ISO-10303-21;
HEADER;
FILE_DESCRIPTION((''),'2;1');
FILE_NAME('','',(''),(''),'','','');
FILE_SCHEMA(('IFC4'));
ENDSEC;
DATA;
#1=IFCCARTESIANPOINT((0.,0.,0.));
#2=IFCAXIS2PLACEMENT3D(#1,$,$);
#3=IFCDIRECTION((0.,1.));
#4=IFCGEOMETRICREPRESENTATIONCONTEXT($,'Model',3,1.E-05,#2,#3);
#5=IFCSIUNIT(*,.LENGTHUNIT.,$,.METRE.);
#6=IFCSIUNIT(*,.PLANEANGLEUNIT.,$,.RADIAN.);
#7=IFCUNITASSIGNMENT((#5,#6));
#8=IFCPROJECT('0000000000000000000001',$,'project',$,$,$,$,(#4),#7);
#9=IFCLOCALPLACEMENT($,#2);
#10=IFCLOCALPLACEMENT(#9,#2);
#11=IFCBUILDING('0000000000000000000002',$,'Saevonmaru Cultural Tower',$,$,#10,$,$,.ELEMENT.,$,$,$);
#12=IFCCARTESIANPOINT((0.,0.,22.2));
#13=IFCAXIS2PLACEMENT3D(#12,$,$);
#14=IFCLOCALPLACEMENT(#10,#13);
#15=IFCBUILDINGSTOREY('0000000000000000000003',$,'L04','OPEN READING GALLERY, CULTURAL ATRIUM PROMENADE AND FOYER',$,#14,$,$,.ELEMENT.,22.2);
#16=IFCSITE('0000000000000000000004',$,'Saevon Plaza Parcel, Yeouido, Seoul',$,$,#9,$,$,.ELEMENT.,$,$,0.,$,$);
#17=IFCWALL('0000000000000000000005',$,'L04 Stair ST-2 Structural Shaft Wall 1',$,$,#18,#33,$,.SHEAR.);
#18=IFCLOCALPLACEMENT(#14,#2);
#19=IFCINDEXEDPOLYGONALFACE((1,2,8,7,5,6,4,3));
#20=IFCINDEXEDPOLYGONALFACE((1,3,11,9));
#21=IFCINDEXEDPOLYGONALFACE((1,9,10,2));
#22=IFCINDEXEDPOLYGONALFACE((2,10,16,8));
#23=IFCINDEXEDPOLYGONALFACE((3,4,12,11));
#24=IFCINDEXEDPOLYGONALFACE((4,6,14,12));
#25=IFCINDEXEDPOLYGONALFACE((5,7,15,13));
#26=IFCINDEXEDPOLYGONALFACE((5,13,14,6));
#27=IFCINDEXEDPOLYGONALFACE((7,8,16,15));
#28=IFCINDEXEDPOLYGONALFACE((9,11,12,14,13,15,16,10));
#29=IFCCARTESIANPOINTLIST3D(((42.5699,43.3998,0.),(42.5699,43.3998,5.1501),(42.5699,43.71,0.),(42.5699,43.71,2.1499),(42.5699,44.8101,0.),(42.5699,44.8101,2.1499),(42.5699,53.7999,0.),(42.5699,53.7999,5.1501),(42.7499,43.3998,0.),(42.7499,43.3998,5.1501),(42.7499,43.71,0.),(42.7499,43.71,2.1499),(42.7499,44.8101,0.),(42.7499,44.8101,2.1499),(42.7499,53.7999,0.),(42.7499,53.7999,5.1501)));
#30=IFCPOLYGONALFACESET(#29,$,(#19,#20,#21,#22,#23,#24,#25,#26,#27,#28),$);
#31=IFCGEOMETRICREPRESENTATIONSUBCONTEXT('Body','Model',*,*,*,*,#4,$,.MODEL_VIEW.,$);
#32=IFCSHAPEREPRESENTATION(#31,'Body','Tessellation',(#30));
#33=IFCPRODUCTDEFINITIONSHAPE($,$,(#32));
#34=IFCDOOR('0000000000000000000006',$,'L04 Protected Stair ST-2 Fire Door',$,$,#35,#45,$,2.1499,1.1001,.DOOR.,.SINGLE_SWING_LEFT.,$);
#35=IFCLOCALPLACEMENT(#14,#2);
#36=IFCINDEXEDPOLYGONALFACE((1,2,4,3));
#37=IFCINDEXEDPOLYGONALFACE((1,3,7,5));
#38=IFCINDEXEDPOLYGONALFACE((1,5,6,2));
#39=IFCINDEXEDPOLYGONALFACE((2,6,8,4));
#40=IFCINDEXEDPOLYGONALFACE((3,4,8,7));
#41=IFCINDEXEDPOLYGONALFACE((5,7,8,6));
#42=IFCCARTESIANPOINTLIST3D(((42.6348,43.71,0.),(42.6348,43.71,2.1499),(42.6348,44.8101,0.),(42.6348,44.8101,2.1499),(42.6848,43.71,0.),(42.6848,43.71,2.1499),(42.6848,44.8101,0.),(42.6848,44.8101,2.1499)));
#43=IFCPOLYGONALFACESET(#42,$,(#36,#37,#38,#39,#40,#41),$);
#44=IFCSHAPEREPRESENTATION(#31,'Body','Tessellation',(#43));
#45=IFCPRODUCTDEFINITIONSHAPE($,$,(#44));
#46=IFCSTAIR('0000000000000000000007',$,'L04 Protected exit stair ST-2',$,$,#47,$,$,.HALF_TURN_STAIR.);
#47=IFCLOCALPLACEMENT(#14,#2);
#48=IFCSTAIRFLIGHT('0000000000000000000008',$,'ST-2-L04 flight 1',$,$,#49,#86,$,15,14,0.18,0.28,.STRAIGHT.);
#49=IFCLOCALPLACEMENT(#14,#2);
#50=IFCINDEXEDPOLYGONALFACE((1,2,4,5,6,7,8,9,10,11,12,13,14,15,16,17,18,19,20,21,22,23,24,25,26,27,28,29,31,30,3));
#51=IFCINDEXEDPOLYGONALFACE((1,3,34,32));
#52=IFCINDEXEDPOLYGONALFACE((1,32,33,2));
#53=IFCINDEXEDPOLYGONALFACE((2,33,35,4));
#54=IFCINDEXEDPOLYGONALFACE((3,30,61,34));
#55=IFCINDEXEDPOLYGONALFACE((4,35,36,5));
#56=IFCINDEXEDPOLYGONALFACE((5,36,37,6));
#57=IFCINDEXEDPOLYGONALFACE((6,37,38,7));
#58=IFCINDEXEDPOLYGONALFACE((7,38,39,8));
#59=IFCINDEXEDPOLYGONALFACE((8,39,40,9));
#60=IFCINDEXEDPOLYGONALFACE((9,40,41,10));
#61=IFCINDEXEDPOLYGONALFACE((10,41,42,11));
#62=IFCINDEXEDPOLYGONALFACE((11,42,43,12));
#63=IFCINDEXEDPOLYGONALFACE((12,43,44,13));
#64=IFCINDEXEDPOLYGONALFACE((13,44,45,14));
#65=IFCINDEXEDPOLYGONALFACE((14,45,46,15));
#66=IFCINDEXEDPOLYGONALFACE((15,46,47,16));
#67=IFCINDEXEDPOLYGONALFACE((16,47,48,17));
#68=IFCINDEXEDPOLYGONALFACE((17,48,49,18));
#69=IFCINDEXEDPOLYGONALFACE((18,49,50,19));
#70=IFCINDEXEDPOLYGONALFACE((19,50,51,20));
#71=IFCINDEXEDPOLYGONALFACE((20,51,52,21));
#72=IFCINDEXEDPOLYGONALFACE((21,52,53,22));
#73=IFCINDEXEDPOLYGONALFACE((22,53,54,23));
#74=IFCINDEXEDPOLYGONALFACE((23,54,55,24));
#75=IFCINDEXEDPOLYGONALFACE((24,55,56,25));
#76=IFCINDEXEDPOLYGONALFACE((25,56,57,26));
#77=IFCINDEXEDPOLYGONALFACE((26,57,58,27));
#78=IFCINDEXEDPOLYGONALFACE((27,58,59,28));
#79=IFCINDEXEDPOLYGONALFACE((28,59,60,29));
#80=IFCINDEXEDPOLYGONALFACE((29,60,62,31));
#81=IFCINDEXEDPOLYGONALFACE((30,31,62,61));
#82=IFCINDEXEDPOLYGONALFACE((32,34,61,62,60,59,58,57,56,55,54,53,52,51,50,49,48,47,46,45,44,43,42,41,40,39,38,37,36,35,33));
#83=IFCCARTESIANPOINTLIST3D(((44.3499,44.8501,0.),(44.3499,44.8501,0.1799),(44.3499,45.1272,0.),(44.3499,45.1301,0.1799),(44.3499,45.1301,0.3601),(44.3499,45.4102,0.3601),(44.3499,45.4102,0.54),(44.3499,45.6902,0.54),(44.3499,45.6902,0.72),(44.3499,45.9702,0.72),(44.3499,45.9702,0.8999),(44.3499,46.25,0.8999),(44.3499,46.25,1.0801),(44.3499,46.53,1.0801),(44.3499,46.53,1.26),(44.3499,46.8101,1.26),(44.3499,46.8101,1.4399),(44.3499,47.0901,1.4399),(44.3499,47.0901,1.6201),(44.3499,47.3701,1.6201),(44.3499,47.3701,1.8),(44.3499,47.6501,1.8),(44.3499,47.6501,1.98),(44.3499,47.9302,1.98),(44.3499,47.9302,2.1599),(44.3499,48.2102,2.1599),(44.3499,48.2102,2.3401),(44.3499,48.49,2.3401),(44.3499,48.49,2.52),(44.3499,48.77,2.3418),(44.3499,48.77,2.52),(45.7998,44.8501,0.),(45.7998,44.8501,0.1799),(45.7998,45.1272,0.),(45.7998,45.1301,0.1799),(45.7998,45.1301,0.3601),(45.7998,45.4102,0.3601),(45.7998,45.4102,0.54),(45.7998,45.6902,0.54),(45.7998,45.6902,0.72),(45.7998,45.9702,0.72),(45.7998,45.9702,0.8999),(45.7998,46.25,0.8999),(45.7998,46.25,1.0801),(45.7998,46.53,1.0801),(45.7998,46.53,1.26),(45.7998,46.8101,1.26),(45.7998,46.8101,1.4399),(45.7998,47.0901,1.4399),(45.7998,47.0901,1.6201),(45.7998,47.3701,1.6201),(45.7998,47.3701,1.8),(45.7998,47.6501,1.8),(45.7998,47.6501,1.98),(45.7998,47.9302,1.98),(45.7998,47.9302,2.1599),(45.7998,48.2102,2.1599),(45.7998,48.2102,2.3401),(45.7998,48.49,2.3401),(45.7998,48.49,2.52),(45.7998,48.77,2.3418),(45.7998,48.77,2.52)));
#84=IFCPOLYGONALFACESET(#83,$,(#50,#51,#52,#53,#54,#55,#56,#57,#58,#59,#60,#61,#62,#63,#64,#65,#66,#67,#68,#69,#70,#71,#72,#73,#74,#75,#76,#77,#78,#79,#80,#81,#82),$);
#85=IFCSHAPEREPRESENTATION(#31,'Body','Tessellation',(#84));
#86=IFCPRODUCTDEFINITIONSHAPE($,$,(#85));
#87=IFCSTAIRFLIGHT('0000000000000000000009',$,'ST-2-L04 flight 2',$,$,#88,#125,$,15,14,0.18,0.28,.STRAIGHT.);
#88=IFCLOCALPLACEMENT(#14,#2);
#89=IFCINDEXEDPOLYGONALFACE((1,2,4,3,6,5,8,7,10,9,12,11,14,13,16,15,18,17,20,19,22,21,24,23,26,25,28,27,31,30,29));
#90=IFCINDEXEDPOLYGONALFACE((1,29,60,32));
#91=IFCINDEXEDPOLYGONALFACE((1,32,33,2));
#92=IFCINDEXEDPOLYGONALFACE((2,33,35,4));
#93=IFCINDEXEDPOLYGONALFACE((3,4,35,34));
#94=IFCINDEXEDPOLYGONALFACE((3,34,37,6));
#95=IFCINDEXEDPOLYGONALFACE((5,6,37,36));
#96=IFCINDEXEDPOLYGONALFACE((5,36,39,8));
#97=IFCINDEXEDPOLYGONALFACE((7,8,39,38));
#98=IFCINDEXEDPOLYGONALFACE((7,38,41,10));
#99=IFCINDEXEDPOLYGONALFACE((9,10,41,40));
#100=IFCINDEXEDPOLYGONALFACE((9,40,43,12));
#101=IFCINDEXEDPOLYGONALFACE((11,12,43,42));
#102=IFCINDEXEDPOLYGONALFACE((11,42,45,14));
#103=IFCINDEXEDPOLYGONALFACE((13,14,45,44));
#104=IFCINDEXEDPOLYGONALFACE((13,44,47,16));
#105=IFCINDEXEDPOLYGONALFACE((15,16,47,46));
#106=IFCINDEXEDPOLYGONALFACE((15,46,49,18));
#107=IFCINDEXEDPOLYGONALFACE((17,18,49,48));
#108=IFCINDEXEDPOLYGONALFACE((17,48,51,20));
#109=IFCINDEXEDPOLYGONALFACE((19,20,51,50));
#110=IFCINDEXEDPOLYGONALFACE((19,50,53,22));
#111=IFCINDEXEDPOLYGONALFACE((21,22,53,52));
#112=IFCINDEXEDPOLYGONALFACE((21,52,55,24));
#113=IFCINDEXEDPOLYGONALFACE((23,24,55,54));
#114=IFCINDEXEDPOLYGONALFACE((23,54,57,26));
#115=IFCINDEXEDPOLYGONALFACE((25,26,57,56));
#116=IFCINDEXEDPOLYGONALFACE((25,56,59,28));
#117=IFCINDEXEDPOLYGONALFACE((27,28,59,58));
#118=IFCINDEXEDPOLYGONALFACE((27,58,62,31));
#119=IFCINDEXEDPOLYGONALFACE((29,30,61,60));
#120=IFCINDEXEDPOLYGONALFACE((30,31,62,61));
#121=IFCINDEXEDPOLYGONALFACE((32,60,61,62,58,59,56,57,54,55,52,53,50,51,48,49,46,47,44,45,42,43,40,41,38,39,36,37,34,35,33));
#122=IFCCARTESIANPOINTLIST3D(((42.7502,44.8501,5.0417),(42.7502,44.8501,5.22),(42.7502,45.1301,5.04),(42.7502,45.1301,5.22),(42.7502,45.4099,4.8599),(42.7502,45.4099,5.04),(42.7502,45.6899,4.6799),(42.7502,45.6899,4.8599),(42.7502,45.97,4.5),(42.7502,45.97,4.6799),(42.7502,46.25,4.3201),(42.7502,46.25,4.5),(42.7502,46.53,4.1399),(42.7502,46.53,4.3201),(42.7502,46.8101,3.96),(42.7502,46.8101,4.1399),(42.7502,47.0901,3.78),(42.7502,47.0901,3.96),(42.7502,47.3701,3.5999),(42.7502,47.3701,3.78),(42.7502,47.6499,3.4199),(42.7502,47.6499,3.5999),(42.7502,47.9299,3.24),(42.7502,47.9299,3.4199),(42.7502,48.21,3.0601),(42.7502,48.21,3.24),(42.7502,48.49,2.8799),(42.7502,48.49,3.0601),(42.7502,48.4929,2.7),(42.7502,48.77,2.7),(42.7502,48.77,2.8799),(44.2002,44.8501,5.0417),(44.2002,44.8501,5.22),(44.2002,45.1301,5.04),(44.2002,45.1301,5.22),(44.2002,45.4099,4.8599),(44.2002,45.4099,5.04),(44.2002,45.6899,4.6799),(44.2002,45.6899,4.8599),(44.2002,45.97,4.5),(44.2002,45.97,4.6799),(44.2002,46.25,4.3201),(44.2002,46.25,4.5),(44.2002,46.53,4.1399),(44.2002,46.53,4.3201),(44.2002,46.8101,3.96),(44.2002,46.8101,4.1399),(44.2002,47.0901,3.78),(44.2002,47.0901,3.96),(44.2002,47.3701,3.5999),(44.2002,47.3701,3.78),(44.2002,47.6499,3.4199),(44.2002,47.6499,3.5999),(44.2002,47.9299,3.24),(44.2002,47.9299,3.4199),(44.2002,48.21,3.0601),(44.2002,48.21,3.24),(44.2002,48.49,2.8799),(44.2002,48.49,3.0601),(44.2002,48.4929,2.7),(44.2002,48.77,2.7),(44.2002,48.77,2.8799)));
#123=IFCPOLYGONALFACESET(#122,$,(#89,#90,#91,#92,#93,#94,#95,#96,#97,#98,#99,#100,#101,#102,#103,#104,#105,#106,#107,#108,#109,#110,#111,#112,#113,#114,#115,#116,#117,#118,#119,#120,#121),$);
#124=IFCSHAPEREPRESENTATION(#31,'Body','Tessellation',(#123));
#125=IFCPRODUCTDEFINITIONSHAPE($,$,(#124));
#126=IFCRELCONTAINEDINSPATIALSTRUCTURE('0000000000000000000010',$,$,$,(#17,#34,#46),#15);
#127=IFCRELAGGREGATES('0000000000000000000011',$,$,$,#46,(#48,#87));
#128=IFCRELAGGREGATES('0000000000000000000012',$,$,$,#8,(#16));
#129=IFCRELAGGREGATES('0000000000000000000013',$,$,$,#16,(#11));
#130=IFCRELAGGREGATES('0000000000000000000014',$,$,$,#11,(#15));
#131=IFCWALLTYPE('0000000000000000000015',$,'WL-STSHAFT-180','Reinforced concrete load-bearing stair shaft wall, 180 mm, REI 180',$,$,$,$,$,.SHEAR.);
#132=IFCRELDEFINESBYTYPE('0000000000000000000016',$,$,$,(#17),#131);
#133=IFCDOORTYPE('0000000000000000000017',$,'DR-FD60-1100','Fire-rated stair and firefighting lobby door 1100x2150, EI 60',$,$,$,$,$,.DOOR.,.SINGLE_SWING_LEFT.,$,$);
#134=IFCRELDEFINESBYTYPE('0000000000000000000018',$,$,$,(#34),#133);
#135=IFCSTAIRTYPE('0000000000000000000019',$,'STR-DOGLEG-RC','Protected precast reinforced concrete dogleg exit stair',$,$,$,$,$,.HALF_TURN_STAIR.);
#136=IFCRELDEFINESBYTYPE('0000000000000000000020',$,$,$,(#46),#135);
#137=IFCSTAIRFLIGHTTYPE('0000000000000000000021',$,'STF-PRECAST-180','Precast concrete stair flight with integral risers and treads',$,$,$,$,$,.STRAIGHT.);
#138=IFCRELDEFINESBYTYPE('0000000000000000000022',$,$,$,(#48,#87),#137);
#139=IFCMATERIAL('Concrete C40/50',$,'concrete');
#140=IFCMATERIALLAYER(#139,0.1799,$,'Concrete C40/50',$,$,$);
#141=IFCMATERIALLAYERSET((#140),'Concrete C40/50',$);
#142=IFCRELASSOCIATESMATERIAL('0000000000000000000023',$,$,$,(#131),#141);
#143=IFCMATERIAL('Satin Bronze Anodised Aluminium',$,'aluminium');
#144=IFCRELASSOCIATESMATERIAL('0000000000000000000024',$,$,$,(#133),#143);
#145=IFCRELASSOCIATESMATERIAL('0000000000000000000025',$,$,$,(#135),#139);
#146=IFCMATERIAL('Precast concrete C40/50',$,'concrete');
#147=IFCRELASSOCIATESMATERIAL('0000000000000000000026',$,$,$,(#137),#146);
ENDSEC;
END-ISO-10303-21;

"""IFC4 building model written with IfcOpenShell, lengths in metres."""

from ifc_helpers import new_model, si_unit, direction, frame, frame_2d, origin, place, context, subcontext, project, spatial, polyline, rectangle, outline, extrude, material, layer, layer_set, type_object, element, fill, aggregate, save


model = new_model("IFC4")

# Units and contexts
model_context = context("Model", 3, precision=1e-05, world=origin(), true_north=direction((0.0, 1.0)))
body_context = subcontext(model_context, "Body", "Model", "MODEL_VIEW")
ifc_project = project(units=[si_unit("LENGTHUNIT", "METRE"), si_unit("PLANEANGLEUNIT", "RADIAN")], contexts=[model_context])

# Site, building, storey
site_placement = place(None, origin())
site = spatial("IfcSite", under=ifc_project, at=site_placement, Name="Saevon Plaza Parcel, Yeouido, Seoul", CompositionType="ELEMENT", RefElevation=0.0)
building_placement = place(site_placement, origin())
building = spatial("IfcBuilding", under=site, at=building_placement, Name="Saevonmaru Cultural Tower", CompositionType="ELEMENT")
storey_placement = place(building_placement, frame((0.0, 0.0, 22.2)))
storey = spatial("IfcBuildingStorey", under=building, at=storey_placement, Name="L04", Description="OPEN READING GALLERY, CULTURAL ATRIUM PROMENADE AND FOYER", CompositionType="ELEMENT", Elevation=22.2)

# Shared definitions
ifc_material_1 = material(Name="Concrete C40/50", Category="concrete")

# Wall, opening, door
ifc_layer_1 = layer(ifc_material_1, 0.1799, Name="Concrete C40/50")
ifc_layer_set_1 = layer_set([ifc_layer_1], Name="Concrete C40/50")
wall_type_1 = type_object("IfcWallType", Name="WL-STSHAFT-180", Description="Reinforced concrete load-bearing stair shaft wall, 180 mm, REI 180", PredefinedType="SHEAR", material=ifc_layer_set_1)
wall_1_placement = place(storey_placement, frame((42.6599, 53.8, 0.0), z_axis=(0.0, 0.0, 1.0), x_axis=(0.0, -1.0, 0.0)))
wall_1 = element("IfcWall", 1, at=wall_1_placement, inside=storey, type_object=wall_type_1, Name="L04 Stair ST-2 Structural Shaft Wall 1", PredefinedType="SHEAR", context=body_context, shape_type="SweptSolid", body=[
    extrude(rectangle(XDim=10.4001, YDim=0.1799, at=frame_2d((5.2002, 0.0))), origin(), (0.0, 0.0, 1.0), 5.1501),
])
opening_1_placement = place(wall_1_placement, frame((8.99, 0.0, 0.0)))
opening_1 = element("IfcOpeningElement", 2, at=opening_1_placement, cuts=wall_1, PredefinedType="OPENING", context=body_context, shape_type="SweptSolid", body=[
    extrude(rectangle(XDim=1.1001, YDim=2.1499, at=frame_2d((0.55, 1.075))), frame((0.0, 0.1001, 0.0), z_axis=(0.0, -1.0, 0.0), x_axis=(1.0, 0.0, 0.0)), (0.0, 0.0, 1.0), 0.2),
])
ifc_material_2 = material(Name="Satin Bronze Anodised Aluminium", Category="aluminium")
door_type_1 = type_object("IfcDoorType", Name="DR-FD60-1100", Description="Fire-rated stair and firefighting lobby door 1100x2150, EI 60", OperationType="SINGLE_SWING_LEFT", PredefinedType="DOOR", material=ifc_material_2)
door_1_placement = place(opening_1_placement, origin())
door_1 = element("IfcDoor", 3, at=door_1_placement, inside=storey, type_object=door_type_1, Name="L04 Protected Stair ST-2 Fire Door", OperationType="SINGLE_SWING_LEFT", OverallHeight=2.1499, OverallWidth=1.1001, PredefinedType="DOOR", context=body_context, shape_type="SweptSolid", body=[
    extrude(rectangle(XDim=1.1001, YDim=2.1499, at=frame_2d((0.55, 1.075))), frame((0.0, 0.0249, 0.0), z_axis=(0.0, -1.0, 0.0), x_axis=(1.0, 0.0, 0.0)), (0.0, 0.0, 1.0), 0.05),
])
fill(opening_1, door_1)

# Stair, stair flights
stair_type = type_object("IfcStairType", Name="STR-DOGLEG-RC", Description="Protected precast reinforced concrete dogleg exit stair", PredefinedType="HALF_TURN_STAIR", material=ifc_material_1)
stair_placement = place(storey_placement, origin())
stair = element("IfcStair", 4, at=stair_placement, inside=storey, type_object=stair_type, Name="L04 Protected exit stair ST-2", PredefinedType="HALF_TURN_STAIR")
ifc_material_3 = material(Name="Precast concrete C40/50", Category="concrete")
stair_flight_type = type_object("IfcStairFlightType", Name="STF-PRECAST-180", Description="Precast concrete stair flight with integral risers and treads", PredefinedType="STRAIGHT", material=ifc_material_3)
stair_flight_1_placement = place(storey_placement, frame((45.075, 44.8501, 0.0), z_axis=(0.0, 0.0, 1.0), x_axis=(0.0, 1.0, 0.0)))
stair_flight_1 = element("IfcStairFlight", 5, at=stair_flight_1_placement, type_object=stair_flight_type, Name="ST-2-L04 flight 1", NumberOfRisers=15, NumberOfTreads=14, PredefinedType="STRAIGHT", RiserHeight=0.18, TreadLength=0.28, context=body_context, shape_type="SweptSolid", body=[
    extrude(outline(polyline([(0.0, 0.0), (0.0, 0.1799), (0.28, 0.1799), (0.28, 0.3601), (0.5601, 0.3601), (0.5601, 0.54), (0.8401, 0.54), (0.8401, 0.72), (1.1201, 0.72), (1.1201, 0.8999), (1.3999, 0.8999), (1.3999, 1.0801), (1.6799, 1.0801), (1.6799, 1.26), (1.96, 1.26), (1.96, 1.4399), (2.24, 1.4399), (2.24, 1.6201), (2.52, 1.6201), (2.52, 1.8), (2.8, 1.8), (2.8, 1.98), (3.0801, 1.98), (3.0801, 2.1599), (3.3601, 2.1599), (3.3601, 2.3401), (3.6399, 2.3401), (3.6399, 2.52), (3.9199, 2.52), (3.9199, 2.7), (3.9199, 2.3418), (0.2771, 0.0), (0.0, 0.0)])), frame((0.0, 0.7251, 0.0), z_axis=(0.0, -1.0, 0.0), x_axis=(1.0, 0.0, 0.0)), (0.0, 0.0, 1.0), 1.45),
])
stair_flight_2_placement = place(storey_placement, frame((43.4751, 48.77, 2.7), z_axis=(0.0, 0.0, 1.0), x_axis=(0.0, -1.0, 0.0)))
stair_flight_2 = element("IfcStairFlight", 6, at=stair_flight_2_placement, type_object=stair_flight_type, Name="ST-2-L04 flight 2", NumberOfRisers=15, NumberOfTreads=14, PredefinedType="STRAIGHT", RiserHeight=0.18, TreadLength=0.28, context=body_context, shape_type="SweptSolid", body=[
    extrude(outline(polyline([(0.0, 0.0), (0.0, 0.1799), (0.28, 0.1799), (0.28, 0.3601), (0.5601, 0.3601), (0.5601, 0.54), (0.8401, 0.54), (0.8401, 0.72), (1.1201, 0.72), (1.1201, 0.8999), (1.3999, 0.8999), (1.3999, 1.0801), (1.6799, 1.0801), (1.6799, 1.26), (1.96, 1.26), (1.96, 1.4399), (2.24, 1.4399), (2.24, 1.6201), (2.52, 1.6201), (2.52, 1.8), (2.8, 1.8), (2.8, 1.98), (3.0801, 1.98), (3.0801, 2.1599), (3.3601, 2.1599), (3.3601, 2.3401), (3.6399, 2.3401), (3.6399, 2.52), (3.9199, 2.52), (3.9199, 2.7), (3.9199, 2.3418), (0.2771, 0.0), (0.0, 0.0)])), frame((0.0, 0.7251, 0.0), z_axis=(0.0, -1.0, 0.0), x_axis=(1.0, 0.0, 0.0)), (0.0, 0.0, 1.0), 1.45),
])
aggregate(stair, [stair_flight_1, stair_flight_2])

save(model, "model.ifc")
